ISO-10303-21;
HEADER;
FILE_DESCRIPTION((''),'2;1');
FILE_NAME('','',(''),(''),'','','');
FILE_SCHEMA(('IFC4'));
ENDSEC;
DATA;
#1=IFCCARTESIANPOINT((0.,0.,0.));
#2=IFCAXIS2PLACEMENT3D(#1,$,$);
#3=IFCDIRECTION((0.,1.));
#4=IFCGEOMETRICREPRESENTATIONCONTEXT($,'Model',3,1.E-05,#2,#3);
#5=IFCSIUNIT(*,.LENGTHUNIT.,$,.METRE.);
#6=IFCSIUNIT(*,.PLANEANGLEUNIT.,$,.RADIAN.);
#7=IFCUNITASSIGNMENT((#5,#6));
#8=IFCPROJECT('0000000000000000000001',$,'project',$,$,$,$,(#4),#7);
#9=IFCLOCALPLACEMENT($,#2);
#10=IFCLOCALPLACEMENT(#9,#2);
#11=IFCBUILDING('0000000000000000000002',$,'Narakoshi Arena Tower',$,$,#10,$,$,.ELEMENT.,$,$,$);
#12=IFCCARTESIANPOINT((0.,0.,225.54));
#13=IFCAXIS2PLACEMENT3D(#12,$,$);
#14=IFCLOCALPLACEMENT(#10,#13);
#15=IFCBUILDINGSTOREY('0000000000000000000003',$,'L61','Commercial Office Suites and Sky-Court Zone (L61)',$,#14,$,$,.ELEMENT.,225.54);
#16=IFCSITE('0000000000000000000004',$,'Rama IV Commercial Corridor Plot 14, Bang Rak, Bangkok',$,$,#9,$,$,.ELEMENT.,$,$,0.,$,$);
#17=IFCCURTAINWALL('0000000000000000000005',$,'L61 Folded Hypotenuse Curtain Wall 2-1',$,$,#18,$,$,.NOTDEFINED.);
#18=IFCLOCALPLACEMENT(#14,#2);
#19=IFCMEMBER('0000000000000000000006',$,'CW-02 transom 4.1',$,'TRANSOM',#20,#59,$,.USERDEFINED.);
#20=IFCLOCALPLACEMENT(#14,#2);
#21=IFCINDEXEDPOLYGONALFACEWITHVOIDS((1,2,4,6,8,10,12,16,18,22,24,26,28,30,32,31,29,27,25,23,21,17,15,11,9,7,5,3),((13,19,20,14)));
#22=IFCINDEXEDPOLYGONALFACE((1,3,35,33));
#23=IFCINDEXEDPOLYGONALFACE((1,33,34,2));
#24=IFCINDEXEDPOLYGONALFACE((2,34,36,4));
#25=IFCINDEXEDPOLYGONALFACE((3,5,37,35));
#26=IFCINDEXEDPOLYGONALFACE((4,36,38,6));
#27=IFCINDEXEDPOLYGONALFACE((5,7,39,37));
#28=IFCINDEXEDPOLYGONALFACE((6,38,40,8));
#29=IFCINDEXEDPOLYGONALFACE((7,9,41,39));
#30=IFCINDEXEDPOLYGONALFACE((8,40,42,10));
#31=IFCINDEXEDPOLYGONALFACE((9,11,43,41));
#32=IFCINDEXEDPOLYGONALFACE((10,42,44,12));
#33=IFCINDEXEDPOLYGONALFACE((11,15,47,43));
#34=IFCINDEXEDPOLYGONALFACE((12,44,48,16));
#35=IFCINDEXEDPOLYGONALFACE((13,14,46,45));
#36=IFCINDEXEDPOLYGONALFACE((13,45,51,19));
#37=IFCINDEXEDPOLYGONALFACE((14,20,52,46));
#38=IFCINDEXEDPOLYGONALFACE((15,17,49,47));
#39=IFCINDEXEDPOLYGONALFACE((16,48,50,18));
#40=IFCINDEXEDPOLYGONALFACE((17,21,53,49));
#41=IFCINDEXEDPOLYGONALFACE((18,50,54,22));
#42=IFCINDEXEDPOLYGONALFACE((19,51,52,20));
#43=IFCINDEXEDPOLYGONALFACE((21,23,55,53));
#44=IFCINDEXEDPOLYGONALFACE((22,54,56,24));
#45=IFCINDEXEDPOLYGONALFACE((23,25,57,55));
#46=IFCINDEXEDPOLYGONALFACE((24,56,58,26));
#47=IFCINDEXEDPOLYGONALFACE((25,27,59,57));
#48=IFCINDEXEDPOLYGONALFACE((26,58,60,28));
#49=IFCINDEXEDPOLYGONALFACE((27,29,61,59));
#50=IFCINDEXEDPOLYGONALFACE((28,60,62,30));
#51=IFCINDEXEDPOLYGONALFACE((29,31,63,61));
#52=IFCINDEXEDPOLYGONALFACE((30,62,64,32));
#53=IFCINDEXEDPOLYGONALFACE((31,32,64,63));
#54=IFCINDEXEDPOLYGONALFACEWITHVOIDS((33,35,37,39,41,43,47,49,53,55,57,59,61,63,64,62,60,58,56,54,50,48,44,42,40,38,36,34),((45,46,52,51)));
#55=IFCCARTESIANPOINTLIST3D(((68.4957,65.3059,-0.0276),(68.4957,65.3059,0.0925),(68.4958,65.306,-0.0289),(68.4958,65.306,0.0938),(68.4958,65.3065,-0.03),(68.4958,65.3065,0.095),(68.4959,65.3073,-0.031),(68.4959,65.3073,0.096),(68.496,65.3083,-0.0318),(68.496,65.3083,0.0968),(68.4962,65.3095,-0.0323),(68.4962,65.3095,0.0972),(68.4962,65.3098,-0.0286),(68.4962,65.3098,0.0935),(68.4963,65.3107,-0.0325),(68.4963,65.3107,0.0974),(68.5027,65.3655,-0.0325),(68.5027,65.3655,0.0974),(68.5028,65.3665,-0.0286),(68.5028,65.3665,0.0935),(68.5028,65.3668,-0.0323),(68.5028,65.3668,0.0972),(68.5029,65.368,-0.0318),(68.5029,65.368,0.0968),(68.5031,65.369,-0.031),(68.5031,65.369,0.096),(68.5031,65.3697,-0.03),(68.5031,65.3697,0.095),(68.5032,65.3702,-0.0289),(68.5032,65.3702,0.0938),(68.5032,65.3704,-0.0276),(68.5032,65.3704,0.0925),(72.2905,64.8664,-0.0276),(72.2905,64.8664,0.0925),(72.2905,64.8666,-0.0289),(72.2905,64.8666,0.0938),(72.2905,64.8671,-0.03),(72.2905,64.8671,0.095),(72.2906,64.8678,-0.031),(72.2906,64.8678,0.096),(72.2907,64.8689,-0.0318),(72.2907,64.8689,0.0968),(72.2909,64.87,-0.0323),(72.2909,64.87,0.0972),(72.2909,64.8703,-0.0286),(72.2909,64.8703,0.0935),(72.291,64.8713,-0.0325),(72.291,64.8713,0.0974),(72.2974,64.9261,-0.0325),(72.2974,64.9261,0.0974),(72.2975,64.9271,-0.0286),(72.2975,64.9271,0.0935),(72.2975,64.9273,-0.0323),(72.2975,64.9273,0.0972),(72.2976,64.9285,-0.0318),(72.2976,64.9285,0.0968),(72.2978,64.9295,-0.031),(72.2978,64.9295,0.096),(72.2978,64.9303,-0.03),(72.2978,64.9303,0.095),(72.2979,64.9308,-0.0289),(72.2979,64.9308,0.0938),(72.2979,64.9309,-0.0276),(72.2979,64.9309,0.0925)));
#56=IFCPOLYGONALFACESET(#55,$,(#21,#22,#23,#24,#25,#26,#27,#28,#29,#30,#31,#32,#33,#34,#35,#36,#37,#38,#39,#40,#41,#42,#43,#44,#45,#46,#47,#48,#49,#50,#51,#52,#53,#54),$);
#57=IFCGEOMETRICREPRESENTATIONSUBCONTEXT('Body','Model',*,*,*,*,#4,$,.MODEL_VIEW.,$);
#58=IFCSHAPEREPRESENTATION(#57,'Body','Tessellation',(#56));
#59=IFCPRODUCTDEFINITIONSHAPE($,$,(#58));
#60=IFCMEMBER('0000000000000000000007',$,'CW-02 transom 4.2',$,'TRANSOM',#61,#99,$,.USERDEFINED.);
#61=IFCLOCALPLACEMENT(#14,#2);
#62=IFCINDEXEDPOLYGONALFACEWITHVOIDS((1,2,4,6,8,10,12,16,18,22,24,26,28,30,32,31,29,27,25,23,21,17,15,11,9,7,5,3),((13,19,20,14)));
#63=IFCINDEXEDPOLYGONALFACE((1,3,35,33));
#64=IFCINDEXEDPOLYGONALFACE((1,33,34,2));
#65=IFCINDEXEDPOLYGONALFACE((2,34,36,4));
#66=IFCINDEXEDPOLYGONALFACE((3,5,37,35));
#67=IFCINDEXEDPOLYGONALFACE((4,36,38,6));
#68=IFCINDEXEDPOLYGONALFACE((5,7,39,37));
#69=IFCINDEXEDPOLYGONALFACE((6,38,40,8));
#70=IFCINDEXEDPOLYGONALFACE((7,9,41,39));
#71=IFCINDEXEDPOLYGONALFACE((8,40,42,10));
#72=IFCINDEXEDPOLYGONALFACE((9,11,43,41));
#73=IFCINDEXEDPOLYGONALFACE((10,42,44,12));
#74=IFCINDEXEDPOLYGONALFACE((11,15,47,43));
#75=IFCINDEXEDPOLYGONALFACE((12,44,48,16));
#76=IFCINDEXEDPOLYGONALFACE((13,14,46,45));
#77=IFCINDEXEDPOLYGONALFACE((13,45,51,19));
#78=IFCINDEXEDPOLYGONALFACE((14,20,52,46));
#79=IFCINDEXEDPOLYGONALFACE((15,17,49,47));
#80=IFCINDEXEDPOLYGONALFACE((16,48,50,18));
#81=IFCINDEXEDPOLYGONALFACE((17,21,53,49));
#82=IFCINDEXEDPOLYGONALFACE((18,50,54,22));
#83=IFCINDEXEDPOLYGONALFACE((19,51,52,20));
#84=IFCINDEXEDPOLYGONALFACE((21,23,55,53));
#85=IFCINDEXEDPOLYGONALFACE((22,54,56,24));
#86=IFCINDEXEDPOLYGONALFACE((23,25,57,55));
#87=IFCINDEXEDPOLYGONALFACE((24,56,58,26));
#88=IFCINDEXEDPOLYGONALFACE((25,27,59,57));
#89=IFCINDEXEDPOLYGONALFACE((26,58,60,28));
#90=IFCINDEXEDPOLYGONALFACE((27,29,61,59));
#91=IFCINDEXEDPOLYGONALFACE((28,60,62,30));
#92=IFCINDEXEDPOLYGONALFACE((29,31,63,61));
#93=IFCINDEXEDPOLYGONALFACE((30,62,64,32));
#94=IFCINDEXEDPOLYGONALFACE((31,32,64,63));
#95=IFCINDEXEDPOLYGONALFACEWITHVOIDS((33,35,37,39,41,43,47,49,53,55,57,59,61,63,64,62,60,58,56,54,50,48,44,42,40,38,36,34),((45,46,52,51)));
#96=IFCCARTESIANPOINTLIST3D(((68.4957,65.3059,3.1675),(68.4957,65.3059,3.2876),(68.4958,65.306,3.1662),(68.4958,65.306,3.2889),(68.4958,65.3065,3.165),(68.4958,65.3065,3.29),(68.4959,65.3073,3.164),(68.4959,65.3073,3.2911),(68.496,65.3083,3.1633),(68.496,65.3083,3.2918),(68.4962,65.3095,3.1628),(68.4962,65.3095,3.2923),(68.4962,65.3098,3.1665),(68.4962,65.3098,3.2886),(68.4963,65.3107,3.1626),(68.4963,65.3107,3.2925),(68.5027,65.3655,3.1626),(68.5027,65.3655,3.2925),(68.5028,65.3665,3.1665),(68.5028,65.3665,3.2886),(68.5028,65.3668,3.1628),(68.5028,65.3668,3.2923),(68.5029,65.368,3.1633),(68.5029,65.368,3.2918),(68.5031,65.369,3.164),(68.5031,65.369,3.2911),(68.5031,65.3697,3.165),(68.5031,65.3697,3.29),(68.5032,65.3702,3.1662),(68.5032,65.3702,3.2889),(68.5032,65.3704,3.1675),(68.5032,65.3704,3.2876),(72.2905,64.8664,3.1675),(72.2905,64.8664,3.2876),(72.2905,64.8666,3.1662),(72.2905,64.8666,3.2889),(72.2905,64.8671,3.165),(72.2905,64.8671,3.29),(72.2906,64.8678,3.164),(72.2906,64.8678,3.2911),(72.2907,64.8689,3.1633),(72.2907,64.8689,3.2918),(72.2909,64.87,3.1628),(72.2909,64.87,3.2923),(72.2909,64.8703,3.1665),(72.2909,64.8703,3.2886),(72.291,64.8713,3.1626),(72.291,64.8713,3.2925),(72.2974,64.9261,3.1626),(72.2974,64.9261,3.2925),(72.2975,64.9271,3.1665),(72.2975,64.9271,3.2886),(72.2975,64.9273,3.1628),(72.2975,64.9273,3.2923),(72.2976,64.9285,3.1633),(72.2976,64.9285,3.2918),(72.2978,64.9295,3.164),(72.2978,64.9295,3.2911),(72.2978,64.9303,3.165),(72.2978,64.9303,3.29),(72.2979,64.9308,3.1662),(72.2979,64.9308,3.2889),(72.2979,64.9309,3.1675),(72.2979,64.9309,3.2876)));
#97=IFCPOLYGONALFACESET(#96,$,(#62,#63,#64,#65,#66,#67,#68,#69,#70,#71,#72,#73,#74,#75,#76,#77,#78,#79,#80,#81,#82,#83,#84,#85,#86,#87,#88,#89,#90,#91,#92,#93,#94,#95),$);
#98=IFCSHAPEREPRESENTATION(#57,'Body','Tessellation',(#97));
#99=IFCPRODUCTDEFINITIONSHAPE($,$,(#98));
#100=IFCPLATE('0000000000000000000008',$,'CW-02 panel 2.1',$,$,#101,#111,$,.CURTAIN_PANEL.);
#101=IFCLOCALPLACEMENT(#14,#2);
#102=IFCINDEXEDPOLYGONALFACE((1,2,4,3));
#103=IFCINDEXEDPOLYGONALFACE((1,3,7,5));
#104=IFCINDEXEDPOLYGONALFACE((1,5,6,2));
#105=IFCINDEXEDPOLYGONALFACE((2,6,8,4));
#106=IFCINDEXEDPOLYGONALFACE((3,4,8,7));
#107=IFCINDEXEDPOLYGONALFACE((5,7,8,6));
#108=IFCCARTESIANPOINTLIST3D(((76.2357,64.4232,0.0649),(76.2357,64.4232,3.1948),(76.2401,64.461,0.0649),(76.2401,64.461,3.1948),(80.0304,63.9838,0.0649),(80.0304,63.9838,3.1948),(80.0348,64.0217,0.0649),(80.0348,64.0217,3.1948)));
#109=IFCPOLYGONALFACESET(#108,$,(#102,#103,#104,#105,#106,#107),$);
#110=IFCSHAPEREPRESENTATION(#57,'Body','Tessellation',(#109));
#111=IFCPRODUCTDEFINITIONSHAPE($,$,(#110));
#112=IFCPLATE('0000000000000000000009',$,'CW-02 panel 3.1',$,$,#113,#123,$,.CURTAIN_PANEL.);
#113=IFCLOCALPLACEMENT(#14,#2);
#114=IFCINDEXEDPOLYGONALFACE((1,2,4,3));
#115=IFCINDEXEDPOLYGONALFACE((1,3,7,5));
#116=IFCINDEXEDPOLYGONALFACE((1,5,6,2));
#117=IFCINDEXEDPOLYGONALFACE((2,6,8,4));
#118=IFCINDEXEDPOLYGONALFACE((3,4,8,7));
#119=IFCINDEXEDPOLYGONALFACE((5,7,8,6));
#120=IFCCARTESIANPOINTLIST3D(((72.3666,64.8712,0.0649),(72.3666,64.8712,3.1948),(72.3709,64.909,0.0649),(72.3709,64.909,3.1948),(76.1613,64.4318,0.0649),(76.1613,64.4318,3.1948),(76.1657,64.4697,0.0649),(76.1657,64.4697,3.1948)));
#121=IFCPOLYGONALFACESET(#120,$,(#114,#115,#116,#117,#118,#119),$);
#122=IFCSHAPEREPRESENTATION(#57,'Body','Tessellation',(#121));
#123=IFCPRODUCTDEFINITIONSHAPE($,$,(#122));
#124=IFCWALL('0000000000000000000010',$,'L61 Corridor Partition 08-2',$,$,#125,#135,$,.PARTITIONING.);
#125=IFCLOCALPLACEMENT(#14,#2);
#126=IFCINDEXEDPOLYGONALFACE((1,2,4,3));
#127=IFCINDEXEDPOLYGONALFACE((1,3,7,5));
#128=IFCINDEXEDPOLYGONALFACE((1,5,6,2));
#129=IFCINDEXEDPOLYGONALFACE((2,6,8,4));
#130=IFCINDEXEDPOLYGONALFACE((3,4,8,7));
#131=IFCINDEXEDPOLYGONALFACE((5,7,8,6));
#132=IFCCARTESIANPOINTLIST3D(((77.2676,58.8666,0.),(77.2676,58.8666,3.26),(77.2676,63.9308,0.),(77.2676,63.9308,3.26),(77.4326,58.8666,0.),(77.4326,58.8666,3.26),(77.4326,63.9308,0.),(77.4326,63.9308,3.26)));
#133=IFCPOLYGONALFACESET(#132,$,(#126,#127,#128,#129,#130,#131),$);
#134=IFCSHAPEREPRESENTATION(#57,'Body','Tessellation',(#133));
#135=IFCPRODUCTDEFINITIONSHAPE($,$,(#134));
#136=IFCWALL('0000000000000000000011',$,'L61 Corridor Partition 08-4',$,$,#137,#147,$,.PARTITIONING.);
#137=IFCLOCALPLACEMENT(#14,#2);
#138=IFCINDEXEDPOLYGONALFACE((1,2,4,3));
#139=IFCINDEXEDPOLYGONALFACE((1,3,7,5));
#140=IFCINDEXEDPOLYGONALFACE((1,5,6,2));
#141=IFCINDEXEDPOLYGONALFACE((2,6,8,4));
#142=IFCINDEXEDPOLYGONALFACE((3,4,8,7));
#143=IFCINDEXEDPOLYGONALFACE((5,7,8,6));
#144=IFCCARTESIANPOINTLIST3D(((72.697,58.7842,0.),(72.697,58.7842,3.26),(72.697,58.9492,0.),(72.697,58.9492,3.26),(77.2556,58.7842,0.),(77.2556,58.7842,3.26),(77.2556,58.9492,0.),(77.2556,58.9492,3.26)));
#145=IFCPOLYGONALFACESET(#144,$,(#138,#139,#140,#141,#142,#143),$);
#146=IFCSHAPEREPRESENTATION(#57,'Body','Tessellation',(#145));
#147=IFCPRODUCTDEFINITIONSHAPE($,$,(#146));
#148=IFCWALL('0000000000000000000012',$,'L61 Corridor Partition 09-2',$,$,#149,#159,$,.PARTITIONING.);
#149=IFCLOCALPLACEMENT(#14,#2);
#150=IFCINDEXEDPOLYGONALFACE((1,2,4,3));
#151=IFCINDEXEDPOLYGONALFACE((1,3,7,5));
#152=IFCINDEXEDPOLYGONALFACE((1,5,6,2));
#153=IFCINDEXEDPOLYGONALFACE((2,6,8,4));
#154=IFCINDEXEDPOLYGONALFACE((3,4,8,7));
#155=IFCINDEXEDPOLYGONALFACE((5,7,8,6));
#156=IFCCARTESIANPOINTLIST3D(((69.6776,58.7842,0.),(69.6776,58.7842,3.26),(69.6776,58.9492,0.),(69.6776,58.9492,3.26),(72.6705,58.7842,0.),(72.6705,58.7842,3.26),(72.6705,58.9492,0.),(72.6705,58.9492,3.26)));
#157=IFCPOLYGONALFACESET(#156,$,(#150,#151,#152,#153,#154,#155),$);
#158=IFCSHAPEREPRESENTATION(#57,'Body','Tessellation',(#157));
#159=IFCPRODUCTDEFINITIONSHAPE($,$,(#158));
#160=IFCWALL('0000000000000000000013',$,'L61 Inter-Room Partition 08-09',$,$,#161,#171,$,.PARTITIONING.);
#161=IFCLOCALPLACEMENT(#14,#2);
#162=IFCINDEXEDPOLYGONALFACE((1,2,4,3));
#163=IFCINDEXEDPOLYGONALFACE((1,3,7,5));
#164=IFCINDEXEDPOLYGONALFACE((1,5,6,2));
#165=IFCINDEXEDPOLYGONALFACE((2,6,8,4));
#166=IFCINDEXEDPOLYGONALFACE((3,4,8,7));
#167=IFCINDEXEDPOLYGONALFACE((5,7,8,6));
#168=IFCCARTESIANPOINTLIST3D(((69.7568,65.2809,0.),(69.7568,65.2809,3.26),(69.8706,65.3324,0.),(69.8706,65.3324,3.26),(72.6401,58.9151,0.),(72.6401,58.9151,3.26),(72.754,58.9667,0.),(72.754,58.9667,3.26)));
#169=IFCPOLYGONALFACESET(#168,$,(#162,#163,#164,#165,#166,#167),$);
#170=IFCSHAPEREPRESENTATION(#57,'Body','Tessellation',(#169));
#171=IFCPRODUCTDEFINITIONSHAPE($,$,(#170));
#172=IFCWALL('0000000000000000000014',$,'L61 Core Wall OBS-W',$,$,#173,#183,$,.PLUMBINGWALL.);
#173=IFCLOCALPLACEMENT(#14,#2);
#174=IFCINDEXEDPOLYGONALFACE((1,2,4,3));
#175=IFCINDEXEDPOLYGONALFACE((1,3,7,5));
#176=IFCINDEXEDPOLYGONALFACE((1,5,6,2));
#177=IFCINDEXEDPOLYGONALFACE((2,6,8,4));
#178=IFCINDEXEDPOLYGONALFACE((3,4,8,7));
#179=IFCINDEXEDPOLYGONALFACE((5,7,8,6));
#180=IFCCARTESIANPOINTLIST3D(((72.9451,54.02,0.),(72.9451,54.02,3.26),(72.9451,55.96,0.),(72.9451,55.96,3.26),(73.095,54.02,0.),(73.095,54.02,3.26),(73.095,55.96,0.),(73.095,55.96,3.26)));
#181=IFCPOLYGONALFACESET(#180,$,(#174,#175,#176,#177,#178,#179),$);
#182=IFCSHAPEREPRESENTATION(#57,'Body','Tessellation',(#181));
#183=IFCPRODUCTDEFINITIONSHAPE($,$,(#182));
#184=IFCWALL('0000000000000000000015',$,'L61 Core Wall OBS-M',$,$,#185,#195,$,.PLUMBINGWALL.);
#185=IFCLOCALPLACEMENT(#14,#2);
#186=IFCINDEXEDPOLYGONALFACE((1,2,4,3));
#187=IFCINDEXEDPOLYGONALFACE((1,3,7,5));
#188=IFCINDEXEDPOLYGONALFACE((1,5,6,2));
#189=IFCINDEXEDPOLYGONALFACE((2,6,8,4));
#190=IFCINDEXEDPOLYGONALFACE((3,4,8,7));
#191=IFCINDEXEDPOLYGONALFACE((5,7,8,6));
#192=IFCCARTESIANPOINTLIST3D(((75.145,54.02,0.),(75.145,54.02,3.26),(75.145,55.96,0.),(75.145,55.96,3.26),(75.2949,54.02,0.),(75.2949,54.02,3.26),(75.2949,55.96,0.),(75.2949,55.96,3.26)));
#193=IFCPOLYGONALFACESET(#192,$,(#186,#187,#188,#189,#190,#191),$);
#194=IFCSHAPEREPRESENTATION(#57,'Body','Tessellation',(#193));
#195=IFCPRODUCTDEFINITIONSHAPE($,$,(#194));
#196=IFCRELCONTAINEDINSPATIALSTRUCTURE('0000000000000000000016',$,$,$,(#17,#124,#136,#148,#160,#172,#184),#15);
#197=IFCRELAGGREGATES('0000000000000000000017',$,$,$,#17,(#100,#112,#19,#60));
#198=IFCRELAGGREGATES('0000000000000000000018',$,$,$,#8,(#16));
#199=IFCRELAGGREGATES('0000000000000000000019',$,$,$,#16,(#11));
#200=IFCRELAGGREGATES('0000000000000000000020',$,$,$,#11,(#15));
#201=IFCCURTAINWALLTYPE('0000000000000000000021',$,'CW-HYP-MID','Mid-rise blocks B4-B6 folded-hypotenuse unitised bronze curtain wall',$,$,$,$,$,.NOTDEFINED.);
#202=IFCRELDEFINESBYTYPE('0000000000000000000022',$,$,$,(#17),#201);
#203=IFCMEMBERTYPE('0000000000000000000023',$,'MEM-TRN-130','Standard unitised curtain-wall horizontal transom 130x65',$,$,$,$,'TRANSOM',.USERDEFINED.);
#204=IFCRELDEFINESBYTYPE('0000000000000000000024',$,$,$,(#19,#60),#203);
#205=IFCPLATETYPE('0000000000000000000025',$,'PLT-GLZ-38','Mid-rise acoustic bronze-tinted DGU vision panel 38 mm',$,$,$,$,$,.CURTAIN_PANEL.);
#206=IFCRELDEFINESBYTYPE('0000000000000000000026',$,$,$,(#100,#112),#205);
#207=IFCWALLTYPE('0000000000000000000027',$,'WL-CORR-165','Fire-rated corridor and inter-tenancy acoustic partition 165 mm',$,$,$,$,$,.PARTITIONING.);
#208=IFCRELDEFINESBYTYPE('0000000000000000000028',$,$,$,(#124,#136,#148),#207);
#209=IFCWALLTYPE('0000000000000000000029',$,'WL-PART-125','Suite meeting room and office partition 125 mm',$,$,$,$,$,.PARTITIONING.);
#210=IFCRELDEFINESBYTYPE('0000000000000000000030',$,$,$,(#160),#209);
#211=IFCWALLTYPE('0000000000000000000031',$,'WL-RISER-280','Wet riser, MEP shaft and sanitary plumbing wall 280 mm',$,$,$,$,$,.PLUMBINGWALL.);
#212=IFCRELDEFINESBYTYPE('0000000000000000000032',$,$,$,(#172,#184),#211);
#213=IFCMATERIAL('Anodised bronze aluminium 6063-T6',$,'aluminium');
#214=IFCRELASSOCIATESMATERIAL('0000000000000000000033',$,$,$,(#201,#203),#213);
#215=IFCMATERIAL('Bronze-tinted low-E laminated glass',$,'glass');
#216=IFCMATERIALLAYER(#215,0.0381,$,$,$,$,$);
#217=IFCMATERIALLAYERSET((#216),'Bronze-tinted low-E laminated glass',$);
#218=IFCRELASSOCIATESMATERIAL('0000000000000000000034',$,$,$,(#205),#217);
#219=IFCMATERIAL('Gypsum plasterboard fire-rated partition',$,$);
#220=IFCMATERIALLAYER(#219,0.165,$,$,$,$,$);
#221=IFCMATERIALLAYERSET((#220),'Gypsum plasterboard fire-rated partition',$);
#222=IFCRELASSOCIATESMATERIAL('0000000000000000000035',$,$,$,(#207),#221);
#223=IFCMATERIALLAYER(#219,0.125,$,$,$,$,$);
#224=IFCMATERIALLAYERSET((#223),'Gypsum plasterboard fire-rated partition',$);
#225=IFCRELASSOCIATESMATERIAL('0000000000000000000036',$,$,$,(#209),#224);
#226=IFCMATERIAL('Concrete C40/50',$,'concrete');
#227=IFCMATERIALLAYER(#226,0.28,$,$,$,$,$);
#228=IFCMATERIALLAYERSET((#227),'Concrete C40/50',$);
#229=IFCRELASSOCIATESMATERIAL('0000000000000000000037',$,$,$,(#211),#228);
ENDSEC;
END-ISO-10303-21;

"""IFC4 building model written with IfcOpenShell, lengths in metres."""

from ifc_helpers import new_model, si_unit, direction, frame, frame_2d, origin, origin_2d, place, context, subcontext, project, spatial, rectangle, hollow_rectangle, extrude, material, layer, layer_set, material_profile, profile_set, type_object, element, aggregate, save


model = new_model("IFC4")

# Units and contexts
model_context = context("Model", 3, precision=1e-05, world=origin(), true_north=direction((0.0, 1.0)))
body_context = subcontext(model_context, "Body", "Model", "MODEL_VIEW")
ifc_project = project(units=[si_unit("LENGTHUNIT", "METRE"), si_unit("PLANEANGLEUNIT", "RADIAN")], contexts=[model_context])

# Site, building, storey
site_placement = place(None, origin())
site = spatial("IfcSite", under=ifc_project, at=site_placement, Name="Rama IV Commercial Corridor Plot 14, Bang Rak, Bangkok", CompositionType="ELEMENT", RefElevation=0.0)
building_placement = place(site_placement, origin())
building = spatial("IfcBuilding", under=site, at=building_placement, Name="Narakoshi Arena Tower", CompositionType="ELEMENT")
storey_placement = place(building_placement, frame((0.0, 0.0, 225.54)))
storey = spatial("IfcBuildingStorey", under=building, at=storey_placement, Name="L61", Description="Commercial Office Suites and Sky-Court Zone (L61)", CompositionType="ELEMENT", Elevation=225.54)

# Curtain wall, members, plates
ifc_material_1 = material(Name="Anodised bronze aluminium 6063-T6", Category="aluminium")
curtain_wall_type = type_object("IfcCurtainWallType", Name="CW-HYP-MID", Description="Mid-rise blocks B4-B6 folded-hypotenuse unitised bronze curtain wall", PredefinedType="NOTDEFINED", material=ifc_material_1)
curtain_wall_placement = place(storey_placement, origin())
curtain_wall = element("IfcCurtainWall", 1, at=curtain_wall_placement, inside=storey, type_object=curtain_wall_type, Name="L61 Folded Hypotenuse Curtain Wall 2-1", PredefinedType="NOTDEFINED")
ifc_material_profile_1 = material_profile(ifc_material_1, hollow_rectangle(XDim=0.0649, YDim=0.1299, WallThickness=0.0039, OuterFilletRadius=0.0049, at=origin_2d()), Name="TRN130x65x4")
ifc_profile_set_1 = profile_set([ifc_material_profile_1], Name="Anodised bronze aluminium 6063-T6")
member_type_1 = type_object("IfcMemberType", Name="MEM-TRN-130", Description="Standard unitised curtain-wall horizontal transom 130x65", ElementType="TRANSOM", PredefinedType="USERDEFINED", material=ifc_profile_set_1)
member_1_placement = place(storey_placement, frame((72.2942, 64.8987, 0.0325), z_axis=(-0.993361, 0.115039, 0.0), x_axis=(-0.115039, -0.993361, 0.0)))
member_1 = element("IfcMember", 2, at=member_1_placement, type_object=member_type_1, Name="CW-02 transom 4.1", ObjectType="TRANSOM", PredefinedType="USERDEFINED", context=body_context, shape_type="SweptSolid", body=[
    extrude(hollow_rectangle(XDim=0.0649, YDim=0.1299, WallThickness=0.0039, OuterFilletRadius=0.0049, at=origin_2d()), origin(), (0.0, 0.0, 1.0), 3.8201),
])
member_2_placement = place(storey_placement, frame((72.2942, 64.8987, 3.2275), z_axis=(-0.993361, 0.115039, 0.0), x_axis=(-0.115039, -0.993361, 0.0)))
member_2 = element("IfcMember", 3, at=member_2_placement, type_object=member_type_1, Name="CW-02 transom 4.2", ObjectType="TRANSOM", PredefinedType="USERDEFINED", context=body_context, shape_type="SweptSolid", body=[
    extrude(hollow_rectangle(XDim=0.0649, YDim=0.1299, WallThickness=0.0039, OuterFilletRadius=0.0049, at=origin_2d()), origin(), (0.0, 0.0, 1.0), 3.8201),
])
ifc_material_2 = material(Name="Bronze-tinted low-E laminated glass", Category="glass")
ifc_layer_1 = layer(ifc_material_2, 0.0381)
ifc_layer_set_1 = layer_set([ifc_layer_1], Name="Bronze-tinted low-E laminated glass")
plate_type = type_object("IfcPlateType", Name="PLT-GLZ-38", Description="Mid-rise acoustic bronze-tinted DGU vision panel 38 mm", PredefinedType="CURTAIN_PANEL", material=ifc_layer_set_1)
plate_1_placement = place(storey_placement, frame((78.1353, 64.2224, 0.0649), z_axis=(0.0, 0.0, 1.0), x_axis=(-0.993364, 0.115011, 0.0)))
plate_1 = element("IfcPlate", 4, at=plate_1_placement, type_object=plate_type, Name="CW-02 panel 2.1", PredefinedType="CURTAIN_PANEL", context=body_context, shape_type="SweptSolid", body=[
    extrude(rectangle(XDim=3.8201, YDim=0.0381, at=origin_2d()), origin(), (0.0, 0.0, 1.0), 3.1299),
])
plate_2_placement = place(storey_placement, frame((74.2661, 64.6704, 0.0649), z_axis=(0.0, 0.0, 1.0), x_axis=(-0.993364, 0.115011, 0.0)))
plate_2 = element("IfcPlate", 5, at=plate_2_placement, type_object=plate_type, Name="CW-02 panel 3.1", PredefinedType="CURTAIN_PANEL", context=body_context, shape_type="SweptSolid", body=[
    extrude(rectangle(XDim=3.8201, YDim=0.0381, at=origin_2d()), origin(), (0.0, 0.0, 1.0), 3.1299),
])
aggregate(curtain_wall, [plate_1, plate_2, member_1, member_2])

# Walls
ifc_material_3 = material(Name="Gypsum plasterboard fire-rated partition")
ifc_layer_2 = layer(ifc_material_3, 0.165)
ifc_layer_set_2 = layer_set([ifc_layer_2], Name="Gypsum plasterboard fire-rated partition")
wall_type_1 = type_object("IfcWallType", Name="WL-CORR-165", Description="Fire-rated corridor and inter-tenancy acoustic partition 165 mm", PredefinedType="PARTITIONING", material=ifc_layer_set_2)
wall_1_placement = place(storey_placement, frame((77.3501, 63.9309, 0.0), z_axis=(0.0, 0.0, 1.0), x_axis=(0.0, -1.0, 0.0)))
element("IfcWall", 6, at=wall_1_placement, inside=storey, type_object=wall_type_1, Name="L61 Corridor Partition 08-2", PredefinedType="PARTITIONING", context=body_context, shape_type="SweptSolid", body=[
    extrude(rectangle(XDim=5.0642, YDim=0.165, at=frame_2d((2.5322, 0.0))), origin(), (0.0, 0.0, 1.0), 3.26),
])
wall_2_placement = place(storey_placement, frame((77.2556, 58.8667, 0.0), z_axis=(0.0, 0.0, 1.0), x_axis=(-1.0, 0.0, 0.0)))
element("IfcWall", 7, at=wall_2_placement, inside=storey, type_object=wall_type_1, Name="L61 Corridor Partition 08-4", PredefinedType="PARTITIONING", context=body_context, shape_type="SweptSolid", body=[
    extrude(rectangle(XDim=4.5586, YDim=0.165, at=frame_2d((2.2793, 0.0))), origin(), (0.0, 0.0, 1.0), 3.26),
])
wall_3_placement = place(storey_placement, frame((72.6707, 58.8667, 0.0), z_axis=(0.0, 0.0, 1.0), x_axis=(-1.0, 0.0, 0.0)))
element("IfcWall", 8, at=wall_3_placement, inside=storey, type_object=wall_type_1, Name="L61 Corridor Partition 09-2", PredefinedType="PARTITIONING", context=body_context, shape_type="SweptSolid", body=[
    extrude(rectangle(XDim=2.9929, YDim=0.165, at=frame_2d((1.4966, 0.0))), origin(), (0.0, 0.0, 1.0), 3.26),
])
ifc_layer_3 = layer(ifc_material_3, 0.125)
ifc_layer_set_3 = layer_set([ifc_layer_3], Name="Gypsum plasterboard fire-rated partition")
wall_type_2 = type_object("IfcWallType", Name="WL-PART-125", Description="Suite meeting room and office partition 125 mm", PredefinedType="PARTITIONING", material=ifc_layer_set_3)
wall_4_placement = place(storey_placement, frame((72.697, 58.9409, 0.0), z_axis=(0.0, 0.0, 1.0), x_axis=(-0.412592, 0.910916, 0.0)))
element("IfcWall", 9, at=wall_4_placement, inside=storey, type_object=wall_type_2, Name="L61 Inter-Room Partition 08-09", PredefinedType="PARTITIONING", context=body_context, shape_type="SweptSolid", body=[
    extrude(rectangle(XDim=6.9883, YDim=0.125, at=frame_2d((3.4941, 0.0))), origin(), (0.0, 0.0, 1.0), 3.26),
])
ifc_material_4 = material(Name="Concrete C40/50", Category="concrete")
ifc_layer_4 = layer(ifc_material_4, 0.28)
ifc_layer_set_4 = layer_set([ifc_layer_4], Name="Concrete C40/50")
wall_type_3 = type_object("IfcWallType", Name="WL-RISER-280", Description="Wet riser, MEP shaft and sanitary plumbing wall 280 mm", PredefinedType="PLUMBINGWALL", material=ifc_layer_set_4)
for number, where, z_axis, x_axis, name in (
    (10, (73.02, 54.02, 0.0), (0.0, 0.0, 1.0), (0.0, 1.0, 0.0), "L61 Core Wall OBS-W"),
    (11, (75.22, 54.02, 0.0), (0.0, 0.0, 1.0), (0.0, 1.0, 0.0), "L61 Core Wall OBS-M"),
):
    element("IfcWall", number, at=place(storey_placement, frame(where, z_axis=z_axis, x_axis=x_axis)), inside=storey, type_object=wall_type_3, Name=name, PredefinedType="PLUMBINGWALL", context=body_context, shape_type="SweptSolid", body=[
        extrude(rectangle(XDim=1.9399, YDim=0.1499, at=frame_2d((0.97, 0.0))), origin(), (0.0, 0.0, 1.0), 3.26),
    ])

save(model, "model.ifc")
